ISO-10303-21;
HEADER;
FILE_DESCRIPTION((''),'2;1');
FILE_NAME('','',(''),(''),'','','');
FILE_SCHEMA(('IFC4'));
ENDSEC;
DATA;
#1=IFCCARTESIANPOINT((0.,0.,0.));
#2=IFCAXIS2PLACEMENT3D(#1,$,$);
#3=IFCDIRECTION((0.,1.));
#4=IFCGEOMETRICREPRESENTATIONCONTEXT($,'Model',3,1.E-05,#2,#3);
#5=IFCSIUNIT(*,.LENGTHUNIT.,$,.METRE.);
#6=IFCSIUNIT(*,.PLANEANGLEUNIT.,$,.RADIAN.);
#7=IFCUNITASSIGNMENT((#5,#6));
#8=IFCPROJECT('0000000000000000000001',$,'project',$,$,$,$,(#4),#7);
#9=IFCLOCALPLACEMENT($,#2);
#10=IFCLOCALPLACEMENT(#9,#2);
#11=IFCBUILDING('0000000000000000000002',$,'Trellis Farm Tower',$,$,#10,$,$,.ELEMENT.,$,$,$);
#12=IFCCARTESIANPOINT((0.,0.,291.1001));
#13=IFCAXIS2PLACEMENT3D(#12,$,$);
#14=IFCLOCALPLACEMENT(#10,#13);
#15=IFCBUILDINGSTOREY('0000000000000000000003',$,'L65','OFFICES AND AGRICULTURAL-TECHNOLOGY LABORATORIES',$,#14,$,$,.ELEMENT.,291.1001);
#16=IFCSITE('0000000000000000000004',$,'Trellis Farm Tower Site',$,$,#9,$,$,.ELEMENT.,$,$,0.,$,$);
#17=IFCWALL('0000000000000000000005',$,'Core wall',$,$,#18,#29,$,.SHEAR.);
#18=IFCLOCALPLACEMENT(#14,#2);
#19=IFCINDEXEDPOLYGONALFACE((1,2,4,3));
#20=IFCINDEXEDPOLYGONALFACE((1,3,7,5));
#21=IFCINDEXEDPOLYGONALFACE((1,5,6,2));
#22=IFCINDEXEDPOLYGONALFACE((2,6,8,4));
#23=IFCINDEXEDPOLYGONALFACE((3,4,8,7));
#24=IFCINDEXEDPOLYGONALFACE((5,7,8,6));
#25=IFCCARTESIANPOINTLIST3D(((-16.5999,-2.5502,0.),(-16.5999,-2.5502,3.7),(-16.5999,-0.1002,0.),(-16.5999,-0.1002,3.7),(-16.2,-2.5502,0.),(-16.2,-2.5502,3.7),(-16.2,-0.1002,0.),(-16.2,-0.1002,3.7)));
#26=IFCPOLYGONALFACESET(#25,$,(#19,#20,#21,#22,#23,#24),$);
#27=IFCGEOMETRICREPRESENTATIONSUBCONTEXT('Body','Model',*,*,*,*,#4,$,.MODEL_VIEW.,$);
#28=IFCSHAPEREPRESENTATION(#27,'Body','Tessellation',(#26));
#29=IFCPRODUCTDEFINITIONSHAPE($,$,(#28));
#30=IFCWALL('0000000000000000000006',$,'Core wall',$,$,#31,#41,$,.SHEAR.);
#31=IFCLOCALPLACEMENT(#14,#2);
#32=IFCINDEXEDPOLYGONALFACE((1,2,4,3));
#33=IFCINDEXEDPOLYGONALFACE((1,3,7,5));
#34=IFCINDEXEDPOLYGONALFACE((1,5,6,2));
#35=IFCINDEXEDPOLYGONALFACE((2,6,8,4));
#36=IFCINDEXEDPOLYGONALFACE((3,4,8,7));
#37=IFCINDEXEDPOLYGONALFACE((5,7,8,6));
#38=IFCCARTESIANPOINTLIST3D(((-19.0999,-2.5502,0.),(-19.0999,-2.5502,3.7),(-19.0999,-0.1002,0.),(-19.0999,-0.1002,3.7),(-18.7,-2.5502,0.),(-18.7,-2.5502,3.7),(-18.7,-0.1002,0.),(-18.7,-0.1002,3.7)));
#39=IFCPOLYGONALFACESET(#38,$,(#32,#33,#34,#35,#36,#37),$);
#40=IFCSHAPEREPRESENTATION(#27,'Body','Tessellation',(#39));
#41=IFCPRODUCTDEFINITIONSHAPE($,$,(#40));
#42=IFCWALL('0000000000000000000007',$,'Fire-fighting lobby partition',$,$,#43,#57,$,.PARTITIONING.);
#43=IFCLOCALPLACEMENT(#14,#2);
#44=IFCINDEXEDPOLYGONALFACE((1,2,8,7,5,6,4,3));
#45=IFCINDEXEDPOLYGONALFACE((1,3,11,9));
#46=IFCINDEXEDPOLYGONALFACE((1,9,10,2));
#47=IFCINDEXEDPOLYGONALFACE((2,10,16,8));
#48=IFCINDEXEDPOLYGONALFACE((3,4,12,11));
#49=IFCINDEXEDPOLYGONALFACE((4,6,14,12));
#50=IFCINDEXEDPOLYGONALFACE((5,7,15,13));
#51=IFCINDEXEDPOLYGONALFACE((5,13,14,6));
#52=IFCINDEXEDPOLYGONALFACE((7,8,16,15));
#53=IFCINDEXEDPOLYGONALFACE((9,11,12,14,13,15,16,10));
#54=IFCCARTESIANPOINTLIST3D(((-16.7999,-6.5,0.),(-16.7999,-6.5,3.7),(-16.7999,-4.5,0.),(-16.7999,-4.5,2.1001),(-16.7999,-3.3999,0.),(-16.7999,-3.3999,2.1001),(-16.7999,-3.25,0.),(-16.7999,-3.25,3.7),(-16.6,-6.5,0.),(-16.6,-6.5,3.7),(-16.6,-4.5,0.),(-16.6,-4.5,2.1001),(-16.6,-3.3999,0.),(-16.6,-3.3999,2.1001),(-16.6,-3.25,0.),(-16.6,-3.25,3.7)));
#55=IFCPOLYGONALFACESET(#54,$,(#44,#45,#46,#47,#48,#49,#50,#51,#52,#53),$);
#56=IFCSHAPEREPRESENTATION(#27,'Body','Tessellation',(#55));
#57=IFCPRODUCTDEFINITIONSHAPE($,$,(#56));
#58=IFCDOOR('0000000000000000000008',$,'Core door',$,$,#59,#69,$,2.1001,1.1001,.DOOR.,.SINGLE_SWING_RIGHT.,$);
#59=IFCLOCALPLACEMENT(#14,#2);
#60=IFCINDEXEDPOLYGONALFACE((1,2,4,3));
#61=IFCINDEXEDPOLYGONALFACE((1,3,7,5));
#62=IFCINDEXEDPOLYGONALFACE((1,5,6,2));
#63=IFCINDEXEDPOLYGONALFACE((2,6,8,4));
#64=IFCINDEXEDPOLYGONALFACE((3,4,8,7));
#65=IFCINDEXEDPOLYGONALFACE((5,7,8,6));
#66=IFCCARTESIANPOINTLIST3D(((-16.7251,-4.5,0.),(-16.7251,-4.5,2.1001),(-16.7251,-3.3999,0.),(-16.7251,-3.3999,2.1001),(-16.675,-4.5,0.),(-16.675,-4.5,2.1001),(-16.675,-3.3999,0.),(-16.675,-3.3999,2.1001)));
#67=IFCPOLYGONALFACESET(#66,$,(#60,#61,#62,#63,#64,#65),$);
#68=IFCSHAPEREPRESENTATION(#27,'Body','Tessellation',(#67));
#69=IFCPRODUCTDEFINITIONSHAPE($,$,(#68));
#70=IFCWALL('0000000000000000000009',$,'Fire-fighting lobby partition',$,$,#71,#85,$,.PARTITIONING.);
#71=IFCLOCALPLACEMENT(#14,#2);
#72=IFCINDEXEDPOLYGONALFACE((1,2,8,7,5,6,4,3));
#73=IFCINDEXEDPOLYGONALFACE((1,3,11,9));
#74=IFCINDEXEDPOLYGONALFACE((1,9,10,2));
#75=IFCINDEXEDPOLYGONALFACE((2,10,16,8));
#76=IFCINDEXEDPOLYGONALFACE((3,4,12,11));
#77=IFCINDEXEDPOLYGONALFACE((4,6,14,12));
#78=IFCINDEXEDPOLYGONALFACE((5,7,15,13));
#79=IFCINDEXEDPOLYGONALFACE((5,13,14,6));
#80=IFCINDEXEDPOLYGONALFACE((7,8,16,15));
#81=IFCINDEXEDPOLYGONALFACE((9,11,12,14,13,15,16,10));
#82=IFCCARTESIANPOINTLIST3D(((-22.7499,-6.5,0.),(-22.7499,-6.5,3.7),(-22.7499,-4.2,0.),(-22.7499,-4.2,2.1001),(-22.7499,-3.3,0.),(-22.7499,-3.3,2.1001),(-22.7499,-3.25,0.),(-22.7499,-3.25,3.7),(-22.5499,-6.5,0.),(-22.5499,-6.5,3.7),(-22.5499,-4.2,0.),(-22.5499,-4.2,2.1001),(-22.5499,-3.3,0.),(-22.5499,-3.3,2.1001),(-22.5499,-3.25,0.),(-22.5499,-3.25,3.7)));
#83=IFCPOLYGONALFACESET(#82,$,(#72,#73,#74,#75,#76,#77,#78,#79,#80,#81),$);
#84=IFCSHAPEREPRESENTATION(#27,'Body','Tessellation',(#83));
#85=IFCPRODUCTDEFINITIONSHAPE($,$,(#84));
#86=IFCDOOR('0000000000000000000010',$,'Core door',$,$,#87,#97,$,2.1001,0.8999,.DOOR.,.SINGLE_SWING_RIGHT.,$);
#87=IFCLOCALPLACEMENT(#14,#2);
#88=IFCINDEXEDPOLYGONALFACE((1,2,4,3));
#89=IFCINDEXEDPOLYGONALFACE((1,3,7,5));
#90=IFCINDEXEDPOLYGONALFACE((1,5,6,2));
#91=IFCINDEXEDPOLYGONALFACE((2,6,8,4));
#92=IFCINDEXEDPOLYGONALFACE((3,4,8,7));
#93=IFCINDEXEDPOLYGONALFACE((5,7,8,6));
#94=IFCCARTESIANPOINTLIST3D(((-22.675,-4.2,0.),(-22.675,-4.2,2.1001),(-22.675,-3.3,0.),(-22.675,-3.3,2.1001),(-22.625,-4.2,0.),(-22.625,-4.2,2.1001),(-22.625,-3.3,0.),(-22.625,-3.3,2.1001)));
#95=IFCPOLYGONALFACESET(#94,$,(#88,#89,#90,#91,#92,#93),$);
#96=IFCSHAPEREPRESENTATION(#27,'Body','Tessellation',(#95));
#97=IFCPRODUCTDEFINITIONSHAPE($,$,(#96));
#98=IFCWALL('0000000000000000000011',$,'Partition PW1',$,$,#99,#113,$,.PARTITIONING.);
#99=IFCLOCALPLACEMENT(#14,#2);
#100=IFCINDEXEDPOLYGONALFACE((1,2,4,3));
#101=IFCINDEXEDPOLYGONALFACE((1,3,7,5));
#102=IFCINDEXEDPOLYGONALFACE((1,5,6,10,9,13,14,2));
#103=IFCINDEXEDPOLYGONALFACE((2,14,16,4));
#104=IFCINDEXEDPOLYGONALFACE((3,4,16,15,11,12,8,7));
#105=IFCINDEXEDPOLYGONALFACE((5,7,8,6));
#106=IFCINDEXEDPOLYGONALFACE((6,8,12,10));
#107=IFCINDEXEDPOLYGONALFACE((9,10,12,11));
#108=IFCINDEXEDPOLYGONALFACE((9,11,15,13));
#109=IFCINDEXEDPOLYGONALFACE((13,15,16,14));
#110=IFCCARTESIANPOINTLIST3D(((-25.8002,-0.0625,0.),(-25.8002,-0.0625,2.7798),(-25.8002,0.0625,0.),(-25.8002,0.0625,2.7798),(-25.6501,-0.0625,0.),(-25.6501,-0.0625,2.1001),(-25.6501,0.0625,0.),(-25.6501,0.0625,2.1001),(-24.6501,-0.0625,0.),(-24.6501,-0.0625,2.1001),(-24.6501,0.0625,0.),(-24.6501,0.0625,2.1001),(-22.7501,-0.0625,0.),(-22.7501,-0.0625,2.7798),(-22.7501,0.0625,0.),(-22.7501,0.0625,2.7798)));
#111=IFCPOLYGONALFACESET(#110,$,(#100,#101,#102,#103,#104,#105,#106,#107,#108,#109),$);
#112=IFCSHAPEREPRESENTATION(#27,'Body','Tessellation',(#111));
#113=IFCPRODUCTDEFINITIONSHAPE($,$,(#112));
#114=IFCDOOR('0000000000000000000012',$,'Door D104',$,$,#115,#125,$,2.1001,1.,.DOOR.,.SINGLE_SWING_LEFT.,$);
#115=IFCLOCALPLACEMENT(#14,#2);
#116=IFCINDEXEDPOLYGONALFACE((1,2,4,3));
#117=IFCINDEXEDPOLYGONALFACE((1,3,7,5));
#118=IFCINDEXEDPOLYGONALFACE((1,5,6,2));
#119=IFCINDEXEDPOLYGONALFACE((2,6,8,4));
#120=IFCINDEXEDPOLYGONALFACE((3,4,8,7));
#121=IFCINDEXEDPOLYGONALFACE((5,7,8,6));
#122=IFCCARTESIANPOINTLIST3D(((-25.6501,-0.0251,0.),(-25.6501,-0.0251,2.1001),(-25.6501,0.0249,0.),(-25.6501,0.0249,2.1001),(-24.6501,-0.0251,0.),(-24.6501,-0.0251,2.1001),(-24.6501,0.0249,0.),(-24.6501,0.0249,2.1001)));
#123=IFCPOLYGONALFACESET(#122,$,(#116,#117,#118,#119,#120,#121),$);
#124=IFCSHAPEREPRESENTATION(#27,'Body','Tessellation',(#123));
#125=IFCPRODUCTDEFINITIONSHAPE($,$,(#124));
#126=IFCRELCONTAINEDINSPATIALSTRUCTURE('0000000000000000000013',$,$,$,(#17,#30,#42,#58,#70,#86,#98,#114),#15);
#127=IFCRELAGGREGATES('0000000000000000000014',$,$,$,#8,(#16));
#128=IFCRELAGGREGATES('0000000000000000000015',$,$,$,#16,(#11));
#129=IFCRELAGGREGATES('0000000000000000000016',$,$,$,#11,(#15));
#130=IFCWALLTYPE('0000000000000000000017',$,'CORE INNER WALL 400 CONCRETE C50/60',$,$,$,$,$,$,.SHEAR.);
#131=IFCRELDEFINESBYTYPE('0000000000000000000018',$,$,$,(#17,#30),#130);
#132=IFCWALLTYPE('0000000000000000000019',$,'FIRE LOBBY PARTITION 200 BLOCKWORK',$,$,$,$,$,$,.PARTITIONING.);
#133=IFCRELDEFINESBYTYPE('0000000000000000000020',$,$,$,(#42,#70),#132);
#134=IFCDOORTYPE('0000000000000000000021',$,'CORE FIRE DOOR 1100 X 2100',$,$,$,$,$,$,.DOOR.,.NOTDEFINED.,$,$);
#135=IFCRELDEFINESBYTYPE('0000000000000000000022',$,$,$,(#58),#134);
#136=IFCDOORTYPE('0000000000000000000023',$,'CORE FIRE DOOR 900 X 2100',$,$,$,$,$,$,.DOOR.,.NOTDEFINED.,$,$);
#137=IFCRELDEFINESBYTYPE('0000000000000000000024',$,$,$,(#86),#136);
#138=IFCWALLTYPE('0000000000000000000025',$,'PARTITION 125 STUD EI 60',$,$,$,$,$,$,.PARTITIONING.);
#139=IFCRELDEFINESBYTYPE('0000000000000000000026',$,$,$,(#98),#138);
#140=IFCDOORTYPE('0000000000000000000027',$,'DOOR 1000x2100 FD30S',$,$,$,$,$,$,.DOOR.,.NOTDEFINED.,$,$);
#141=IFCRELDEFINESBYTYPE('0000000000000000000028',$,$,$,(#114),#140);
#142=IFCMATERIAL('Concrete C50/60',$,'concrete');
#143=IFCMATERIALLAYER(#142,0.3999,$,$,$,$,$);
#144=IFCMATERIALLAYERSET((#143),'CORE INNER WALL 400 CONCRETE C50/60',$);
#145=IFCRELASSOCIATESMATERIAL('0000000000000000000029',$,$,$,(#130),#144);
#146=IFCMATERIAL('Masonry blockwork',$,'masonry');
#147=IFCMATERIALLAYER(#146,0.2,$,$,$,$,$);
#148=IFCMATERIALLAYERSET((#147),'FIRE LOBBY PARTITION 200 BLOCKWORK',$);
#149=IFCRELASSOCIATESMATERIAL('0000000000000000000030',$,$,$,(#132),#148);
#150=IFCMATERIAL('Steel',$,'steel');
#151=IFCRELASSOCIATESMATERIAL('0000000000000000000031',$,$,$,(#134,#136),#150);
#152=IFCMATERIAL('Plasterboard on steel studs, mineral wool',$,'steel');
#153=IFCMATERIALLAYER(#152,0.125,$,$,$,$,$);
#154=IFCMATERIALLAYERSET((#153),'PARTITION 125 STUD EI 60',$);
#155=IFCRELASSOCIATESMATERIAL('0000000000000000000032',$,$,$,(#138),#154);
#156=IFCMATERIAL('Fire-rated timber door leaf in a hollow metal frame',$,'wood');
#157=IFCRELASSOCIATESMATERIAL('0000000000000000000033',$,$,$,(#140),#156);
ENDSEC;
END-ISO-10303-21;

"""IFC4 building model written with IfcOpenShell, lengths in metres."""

from ifc_helpers import new_model, si_unit, direction, frame, frame_2d, origin, place, context, subcontext, project, spatial, rectangle, extrude, source, transform, mapped, material, layer, layer_set, type_object, element, fill, save


model = new_model("IFC4")

# Units and contexts
model_context = context("Model", 3, precision=1e-05, world=origin(), true_north=direction((0.0, 1.0)))
body_context = subcontext(model_context, "Body", "Model", "MODEL_VIEW")
ifc_project = project(units=[si_unit("LENGTHUNIT", "METRE"), si_unit("PLANEANGLEUNIT", "RADIAN")], contexts=[model_context])

# Site, building, storey
site_placement = place(None, origin())
site = spatial("IfcSite", under=ifc_project, at=site_placement, Name="Trellis Farm Tower Site", CompositionType="ELEMENT", RefElevation=0.0)
building_placement = place(site_placement, origin())
building = spatial("IfcBuilding", under=site, at=building_placement, Name="Trellis Farm Tower", CompositionType="ELEMENT")
storey_placement = place(building_placement, frame((0.0, 0.0, 291.1001)))
storey = spatial("IfcBuildingStorey", under=building, at=storey_placement, Name="L65", Description="OFFICES AND AGRICULTURAL-TECHNOLOGY LABORATORIES", CompositionType="ELEMENT", Elevation=291.1001)

# Walls
ifc_material_1 = material(Name="Concrete C50/60", Category="concrete")
ifc_layer_1 = layer(ifc_material_1, 0.3999)
ifc_layer_set_1 = layer_set([ifc_layer_1], Name="CORE INNER WALL 400 CONCRETE C50/60")
wall_type_1 = type_object("IfcWallType", Name="CORE INNER WALL 400 CONCRETE C50/60", PredefinedType="SHEAR", material=ifc_layer_set_1)
shared_shape_1 = source(origin(), body_context, "Body", "SweptSolid", [
    extrude(rectangle(XDim=2.45, YDim=0.3999, at=frame_2d((1.2251, 0.0))), origin(), (0.0, 0.0, 1.0), 3.7),
])
for number, where, z_axis, x_axis, name in (
    (1, (-16.3999, -0.1001, 0.0), (0.0, 0.0, 1.0), (0.0, -1.0, 0.0), "Core wall"),
    (2, (-18.8999, -0.1001, 0.0), (0.0, 0.0, 1.0), (0.0, -1.0, 0.0), "Core wall"),
):
    element("IfcWall", number, at=place(storey_placement, frame(where, z_axis=z_axis, x_axis=x_axis)), inside=storey, type_object=wall_type_1, Name=name, PredefinedType="SHEAR", context=body_context, shape_type="MappedRepresentation", body=[
        mapped(shared_shape_1, transform((0.0, 0.0, 0.0))),
    ])

# Walls, openings, doors
ifc_material_2 = material(Name="Masonry blockwork", Category="masonry")
ifc_layer_2 = layer(ifc_material_2, 0.2)
ifc_layer_set_2 = layer_set([ifc_layer_2], Name="FIRE LOBBY PARTITION 200 BLOCKWORK")
wall_type_2 = type_object("IfcWallType", Name="FIRE LOBBY PARTITION 200 BLOCKWORK", PredefinedType="PARTITIONING", material=ifc_layer_set_2)
shared_shape_2 = source(origin(), body_context, "Body", "SweptSolid", [
    extrude(rectangle(XDim=3.25, YDim=0.2, at=frame_2d((1.625, 0.0))), origin(), (0.0, 0.0, 1.0), 3.7),
])
wall_1_placement = place(storey_placement, frame((-16.7, -3.25, 0.0), z_axis=(0.0, 0.0, 1.0), x_axis=(0.0, -1.0, 0.0)))
wall_1 = element("IfcWall", 3, at=wall_1_placement, inside=storey, type_object=wall_type_2, Name="Fire-fighting lobby partition", PredefinedType="PARTITIONING", context=body_context, shape_type="MappedRepresentation", body=[
    mapped(shared_shape_2, transform((0.0, 0.0, 0.0))),
])
shared_shape_3 = source(origin(), body_context, "Body", "SweptSolid", [
    extrude(rectangle(XDim=1.1001, YDim=2.1001, at=frame_2d((0.55, 1.05))), frame((0.0, 0.1101, 0.0), z_axis=(0.0, -1.0, 0.0), x_axis=(1.0, 0.0, 0.0)), (0.0, 0.0, 1.0), 0.2202),
])
opening_1_placement = place(wall_1_placement, frame((0.1499, 0.0, 0.0)))
opening_1 = element("IfcOpeningElement", 4, at=opening_1_placement, cuts=wall_1, PredefinedType="OPENING", context=body_context, shape_type="MappedRepresentation", body=[
    mapped(shared_shape_3, transform((0.0, 0.0, 0.0))),
])
ifc_material_3 = material(Name="Steel", Category="steel")
door_type_1 = type_object("IfcDoorType", Name="CORE FIRE DOOR 1100 X 2100", OperationType="NOTDEFINED", PredefinedType="DOOR", material=ifc_material_3)
shared_shape_4 = source(origin(), body_context, "Body", "SweptSolid", [
    extrude(rectangle(XDim=1.1001, YDim=2.1001, at=frame_2d((0.55, 1.05))), frame((0.0, 0.0249, 0.0), z_axis=(0.0, -1.0, 0.0), x_axis=(1.0, 0.0, 0.0)), (0.0, 0.0, 1.0), 0.05),
])
door_1_placement = place(opening_1_placement, origin())
door_1 = element("IfcDoor", 5, at=door_1_placement, inside=storey, type_object=door_type_1, Name="Core door", OperationType="SINGLE_SWING_RIGHT", OverallHeight=2.1001, OverallWidth=1.1001, PredefinedType="DOOR", context=body_context, shape_type="MappedRepresentation", body=[
    mapped(shared_shape_4, transform((0.0, 0.0, 0.0))),
])
fill(opening_1, door_1)
wall_2_placement = place(storey_placement, frame((-22.6499, -3.25, 0.0), z_axis=(0.0, 0.0, 1.0), x_axis=(0.0, -1.0, 0.0)))
wall_2 = element("IfcWall", 6, at=wall_2_placement, inside=storey, type_object=wall_type_2, Name="Fire-fighting lobby partition", PredefinedType="PARTITIONING", context=body_context, shape_type="MappedRepresentation", body=[
    mapped(shared_shape_2, transform((0.0, 0.0, 0.0))),
])
shared_shape_5 = source(origin(), body_context, "Body", "SweptSolid", [
    extrude(rectangle(XDim=0.8999, YDim=2.1001, at=frame_2d((0.45, 1.05))), frame((0.0, 0.1101, 0.0), z_axis=(0.0, -1.0, 0.0), x_axis=(1.0, 0.0, 0.0)), (0.0, 0.0, 1.0), 0.2202),
])
opening_2_placement = place(wall_2_placement, frame((0.05, 0.0, 0.0)))
opening_2 = element("IfcOpeningElement", 7, at=opening_2_placement, cuts=wall_2, PredefinedType="OPENING", context=body_context, shape_type="MappedRepresentation", body=[
    mapped(shared_shape_5, transform((0.0, 0.0, 0.0))),
])
door_type_2 = type_object("IfcDoorType", Name="CORE FIRE DOOR 900 X 2100", OperationType="NOTDEFINED", PredefinedType="DOOR", material=ifc_material_3)
shared_shape_6 = source(origin(), body_context, "Body", "SweptSolid", [
    extrude(rectangle(XDim=0.8999, YDim=2.1001, at=frame_2d((0.45, 1.05))), frame((0.0, 0.0249, 0.0), z_axis=(0.0, -1.0, 0.0), x_axis=(1.0, 0.0, 0.0)), (0.0, 0.0, 1.0), 0.05),
])
door_2_placement = place(opening_2_placement, origin())
door_2 = element("IfcDoor", 8, at=door_2_placement, inside=storey, type_object=door_type_2, Name="Core door", OperationType="SINGLE_SWING_RIGHT", OverallHeight=2.1001, OverallWidth=0.8999, PredefinedType="DOOR", context=body_context, shape_type="MappedRepresentation", body=[
    mapped(shared_shape_6, transform((0.0, 0.0, 0.0))),
])
fill(opening_2, door_2)
ifc_material_4 = material(Name="Plasterboard on steel studs, mineral wool", Category="steel")
ifc_layer_3 = layer(ifc_material_4, 0.125)
ifc_layer_set_3 = layer_set([ifc_layer_3], Name="PARTITION 125 STUD EI 60")
wall_type_3 = type_object("IfcWallType", Name="PARTITION 125 STUD EI 60", PredefinedType="PARTITIONING", material=ifc_layer_set_3)
shared_shape_7 = source(origin(), body_context, "Body", "SweptSolid", [
    extrude(rectangle(XDim=3.05, YDim=0.125, at=frame_2d((1.5249, 0.0))), origin(), (0.0, 0.0, 1.0), 2.7798),
])
wall_3_placement = place(storey_placement, frame((-25.8, 0.0, 0.0), z_axis=(0.0, 0.0, 1.0), x_axis=(1.0, 0.0, 0.0)))
wall_3 = element("IfcWall", 9, at=wall_3_placement, inside=storey, type_object=wall_type_3, Name="Partition PW1", PredefinedType="PARTITIONING", context=body_context, shape_type="MappedRepresentation", body=[
    mapped(shared_shape_7, transform((0.0, 0.0, 0.0))),
])
shared_shape_8 = source(origin(), body_context, "Body", "SweptSolid", [
    extrude(rectangle(XDim=1.0, YDim=2.1001, at=frame_2d((0.5, 1.05))), frame((0.0, 0.0725, 0.0), z_axis=(0.0, -1.0, 0.0), x_axis=(1.0, 0.0, 0.0)), (0.0, 0.0, 1.0), 0.145),
])
opening_3_placement = place(wall_3_placement, frame((0.1499, 0.0, 0.0)))
opening_3 = element("IfcOpeningElement", 10, at=opening_3_placement, cuts=wall_3, PredefinedType="OPENING", context=body_context, shape_type="MappedRepresentation", body=[
    mapped(shared_shape_8, transform((0.0, 0.0, 0.0))),
])
ifc_material_5 = material(Name="Fire-rated timber door leaf in a hollow metal frame", Category="wood")
door_type_3 = type_object("IfcDoorType", Name="DOOR 1000x2100 FD30S", OperationType="NOTDEFINED", PredefinedType="DOOR", material=ifc_material_5)
shared_shape_9 = source(origin(), body_context, "Body", "SweptSolid", [
    extrude(rectangle(XDim=1.0, YDim=2.1001, at=frame_2d((0.5, 1.05))), frame((0.0, 0.0249, 0.0), z_axis=(0.0, -1.0, 0.0), x_axis=(1.0, 0.0, 0.0)), (0.0, 0.0, 1.0), 0.05),
])
door_3_placement = place(opening_3_placement, origin())
door_3 = element("IfcDoor", 11, at=door_3_placement, inside=storey, type_object=door_type_3, Name="Door D104", OperationType="SINGLE_SWING_LEFT", OverallHeight=2.1001, OverallWidth=1.0, PredefinedType="DOOR", context=body_context, shape_type="MappedRepresentation", body=[
    mapped(shared_shape_9, transform((0.0, 0.0, 0.0))),
])
fill(opening_3, door_3)

save(model, "model.ifc")
